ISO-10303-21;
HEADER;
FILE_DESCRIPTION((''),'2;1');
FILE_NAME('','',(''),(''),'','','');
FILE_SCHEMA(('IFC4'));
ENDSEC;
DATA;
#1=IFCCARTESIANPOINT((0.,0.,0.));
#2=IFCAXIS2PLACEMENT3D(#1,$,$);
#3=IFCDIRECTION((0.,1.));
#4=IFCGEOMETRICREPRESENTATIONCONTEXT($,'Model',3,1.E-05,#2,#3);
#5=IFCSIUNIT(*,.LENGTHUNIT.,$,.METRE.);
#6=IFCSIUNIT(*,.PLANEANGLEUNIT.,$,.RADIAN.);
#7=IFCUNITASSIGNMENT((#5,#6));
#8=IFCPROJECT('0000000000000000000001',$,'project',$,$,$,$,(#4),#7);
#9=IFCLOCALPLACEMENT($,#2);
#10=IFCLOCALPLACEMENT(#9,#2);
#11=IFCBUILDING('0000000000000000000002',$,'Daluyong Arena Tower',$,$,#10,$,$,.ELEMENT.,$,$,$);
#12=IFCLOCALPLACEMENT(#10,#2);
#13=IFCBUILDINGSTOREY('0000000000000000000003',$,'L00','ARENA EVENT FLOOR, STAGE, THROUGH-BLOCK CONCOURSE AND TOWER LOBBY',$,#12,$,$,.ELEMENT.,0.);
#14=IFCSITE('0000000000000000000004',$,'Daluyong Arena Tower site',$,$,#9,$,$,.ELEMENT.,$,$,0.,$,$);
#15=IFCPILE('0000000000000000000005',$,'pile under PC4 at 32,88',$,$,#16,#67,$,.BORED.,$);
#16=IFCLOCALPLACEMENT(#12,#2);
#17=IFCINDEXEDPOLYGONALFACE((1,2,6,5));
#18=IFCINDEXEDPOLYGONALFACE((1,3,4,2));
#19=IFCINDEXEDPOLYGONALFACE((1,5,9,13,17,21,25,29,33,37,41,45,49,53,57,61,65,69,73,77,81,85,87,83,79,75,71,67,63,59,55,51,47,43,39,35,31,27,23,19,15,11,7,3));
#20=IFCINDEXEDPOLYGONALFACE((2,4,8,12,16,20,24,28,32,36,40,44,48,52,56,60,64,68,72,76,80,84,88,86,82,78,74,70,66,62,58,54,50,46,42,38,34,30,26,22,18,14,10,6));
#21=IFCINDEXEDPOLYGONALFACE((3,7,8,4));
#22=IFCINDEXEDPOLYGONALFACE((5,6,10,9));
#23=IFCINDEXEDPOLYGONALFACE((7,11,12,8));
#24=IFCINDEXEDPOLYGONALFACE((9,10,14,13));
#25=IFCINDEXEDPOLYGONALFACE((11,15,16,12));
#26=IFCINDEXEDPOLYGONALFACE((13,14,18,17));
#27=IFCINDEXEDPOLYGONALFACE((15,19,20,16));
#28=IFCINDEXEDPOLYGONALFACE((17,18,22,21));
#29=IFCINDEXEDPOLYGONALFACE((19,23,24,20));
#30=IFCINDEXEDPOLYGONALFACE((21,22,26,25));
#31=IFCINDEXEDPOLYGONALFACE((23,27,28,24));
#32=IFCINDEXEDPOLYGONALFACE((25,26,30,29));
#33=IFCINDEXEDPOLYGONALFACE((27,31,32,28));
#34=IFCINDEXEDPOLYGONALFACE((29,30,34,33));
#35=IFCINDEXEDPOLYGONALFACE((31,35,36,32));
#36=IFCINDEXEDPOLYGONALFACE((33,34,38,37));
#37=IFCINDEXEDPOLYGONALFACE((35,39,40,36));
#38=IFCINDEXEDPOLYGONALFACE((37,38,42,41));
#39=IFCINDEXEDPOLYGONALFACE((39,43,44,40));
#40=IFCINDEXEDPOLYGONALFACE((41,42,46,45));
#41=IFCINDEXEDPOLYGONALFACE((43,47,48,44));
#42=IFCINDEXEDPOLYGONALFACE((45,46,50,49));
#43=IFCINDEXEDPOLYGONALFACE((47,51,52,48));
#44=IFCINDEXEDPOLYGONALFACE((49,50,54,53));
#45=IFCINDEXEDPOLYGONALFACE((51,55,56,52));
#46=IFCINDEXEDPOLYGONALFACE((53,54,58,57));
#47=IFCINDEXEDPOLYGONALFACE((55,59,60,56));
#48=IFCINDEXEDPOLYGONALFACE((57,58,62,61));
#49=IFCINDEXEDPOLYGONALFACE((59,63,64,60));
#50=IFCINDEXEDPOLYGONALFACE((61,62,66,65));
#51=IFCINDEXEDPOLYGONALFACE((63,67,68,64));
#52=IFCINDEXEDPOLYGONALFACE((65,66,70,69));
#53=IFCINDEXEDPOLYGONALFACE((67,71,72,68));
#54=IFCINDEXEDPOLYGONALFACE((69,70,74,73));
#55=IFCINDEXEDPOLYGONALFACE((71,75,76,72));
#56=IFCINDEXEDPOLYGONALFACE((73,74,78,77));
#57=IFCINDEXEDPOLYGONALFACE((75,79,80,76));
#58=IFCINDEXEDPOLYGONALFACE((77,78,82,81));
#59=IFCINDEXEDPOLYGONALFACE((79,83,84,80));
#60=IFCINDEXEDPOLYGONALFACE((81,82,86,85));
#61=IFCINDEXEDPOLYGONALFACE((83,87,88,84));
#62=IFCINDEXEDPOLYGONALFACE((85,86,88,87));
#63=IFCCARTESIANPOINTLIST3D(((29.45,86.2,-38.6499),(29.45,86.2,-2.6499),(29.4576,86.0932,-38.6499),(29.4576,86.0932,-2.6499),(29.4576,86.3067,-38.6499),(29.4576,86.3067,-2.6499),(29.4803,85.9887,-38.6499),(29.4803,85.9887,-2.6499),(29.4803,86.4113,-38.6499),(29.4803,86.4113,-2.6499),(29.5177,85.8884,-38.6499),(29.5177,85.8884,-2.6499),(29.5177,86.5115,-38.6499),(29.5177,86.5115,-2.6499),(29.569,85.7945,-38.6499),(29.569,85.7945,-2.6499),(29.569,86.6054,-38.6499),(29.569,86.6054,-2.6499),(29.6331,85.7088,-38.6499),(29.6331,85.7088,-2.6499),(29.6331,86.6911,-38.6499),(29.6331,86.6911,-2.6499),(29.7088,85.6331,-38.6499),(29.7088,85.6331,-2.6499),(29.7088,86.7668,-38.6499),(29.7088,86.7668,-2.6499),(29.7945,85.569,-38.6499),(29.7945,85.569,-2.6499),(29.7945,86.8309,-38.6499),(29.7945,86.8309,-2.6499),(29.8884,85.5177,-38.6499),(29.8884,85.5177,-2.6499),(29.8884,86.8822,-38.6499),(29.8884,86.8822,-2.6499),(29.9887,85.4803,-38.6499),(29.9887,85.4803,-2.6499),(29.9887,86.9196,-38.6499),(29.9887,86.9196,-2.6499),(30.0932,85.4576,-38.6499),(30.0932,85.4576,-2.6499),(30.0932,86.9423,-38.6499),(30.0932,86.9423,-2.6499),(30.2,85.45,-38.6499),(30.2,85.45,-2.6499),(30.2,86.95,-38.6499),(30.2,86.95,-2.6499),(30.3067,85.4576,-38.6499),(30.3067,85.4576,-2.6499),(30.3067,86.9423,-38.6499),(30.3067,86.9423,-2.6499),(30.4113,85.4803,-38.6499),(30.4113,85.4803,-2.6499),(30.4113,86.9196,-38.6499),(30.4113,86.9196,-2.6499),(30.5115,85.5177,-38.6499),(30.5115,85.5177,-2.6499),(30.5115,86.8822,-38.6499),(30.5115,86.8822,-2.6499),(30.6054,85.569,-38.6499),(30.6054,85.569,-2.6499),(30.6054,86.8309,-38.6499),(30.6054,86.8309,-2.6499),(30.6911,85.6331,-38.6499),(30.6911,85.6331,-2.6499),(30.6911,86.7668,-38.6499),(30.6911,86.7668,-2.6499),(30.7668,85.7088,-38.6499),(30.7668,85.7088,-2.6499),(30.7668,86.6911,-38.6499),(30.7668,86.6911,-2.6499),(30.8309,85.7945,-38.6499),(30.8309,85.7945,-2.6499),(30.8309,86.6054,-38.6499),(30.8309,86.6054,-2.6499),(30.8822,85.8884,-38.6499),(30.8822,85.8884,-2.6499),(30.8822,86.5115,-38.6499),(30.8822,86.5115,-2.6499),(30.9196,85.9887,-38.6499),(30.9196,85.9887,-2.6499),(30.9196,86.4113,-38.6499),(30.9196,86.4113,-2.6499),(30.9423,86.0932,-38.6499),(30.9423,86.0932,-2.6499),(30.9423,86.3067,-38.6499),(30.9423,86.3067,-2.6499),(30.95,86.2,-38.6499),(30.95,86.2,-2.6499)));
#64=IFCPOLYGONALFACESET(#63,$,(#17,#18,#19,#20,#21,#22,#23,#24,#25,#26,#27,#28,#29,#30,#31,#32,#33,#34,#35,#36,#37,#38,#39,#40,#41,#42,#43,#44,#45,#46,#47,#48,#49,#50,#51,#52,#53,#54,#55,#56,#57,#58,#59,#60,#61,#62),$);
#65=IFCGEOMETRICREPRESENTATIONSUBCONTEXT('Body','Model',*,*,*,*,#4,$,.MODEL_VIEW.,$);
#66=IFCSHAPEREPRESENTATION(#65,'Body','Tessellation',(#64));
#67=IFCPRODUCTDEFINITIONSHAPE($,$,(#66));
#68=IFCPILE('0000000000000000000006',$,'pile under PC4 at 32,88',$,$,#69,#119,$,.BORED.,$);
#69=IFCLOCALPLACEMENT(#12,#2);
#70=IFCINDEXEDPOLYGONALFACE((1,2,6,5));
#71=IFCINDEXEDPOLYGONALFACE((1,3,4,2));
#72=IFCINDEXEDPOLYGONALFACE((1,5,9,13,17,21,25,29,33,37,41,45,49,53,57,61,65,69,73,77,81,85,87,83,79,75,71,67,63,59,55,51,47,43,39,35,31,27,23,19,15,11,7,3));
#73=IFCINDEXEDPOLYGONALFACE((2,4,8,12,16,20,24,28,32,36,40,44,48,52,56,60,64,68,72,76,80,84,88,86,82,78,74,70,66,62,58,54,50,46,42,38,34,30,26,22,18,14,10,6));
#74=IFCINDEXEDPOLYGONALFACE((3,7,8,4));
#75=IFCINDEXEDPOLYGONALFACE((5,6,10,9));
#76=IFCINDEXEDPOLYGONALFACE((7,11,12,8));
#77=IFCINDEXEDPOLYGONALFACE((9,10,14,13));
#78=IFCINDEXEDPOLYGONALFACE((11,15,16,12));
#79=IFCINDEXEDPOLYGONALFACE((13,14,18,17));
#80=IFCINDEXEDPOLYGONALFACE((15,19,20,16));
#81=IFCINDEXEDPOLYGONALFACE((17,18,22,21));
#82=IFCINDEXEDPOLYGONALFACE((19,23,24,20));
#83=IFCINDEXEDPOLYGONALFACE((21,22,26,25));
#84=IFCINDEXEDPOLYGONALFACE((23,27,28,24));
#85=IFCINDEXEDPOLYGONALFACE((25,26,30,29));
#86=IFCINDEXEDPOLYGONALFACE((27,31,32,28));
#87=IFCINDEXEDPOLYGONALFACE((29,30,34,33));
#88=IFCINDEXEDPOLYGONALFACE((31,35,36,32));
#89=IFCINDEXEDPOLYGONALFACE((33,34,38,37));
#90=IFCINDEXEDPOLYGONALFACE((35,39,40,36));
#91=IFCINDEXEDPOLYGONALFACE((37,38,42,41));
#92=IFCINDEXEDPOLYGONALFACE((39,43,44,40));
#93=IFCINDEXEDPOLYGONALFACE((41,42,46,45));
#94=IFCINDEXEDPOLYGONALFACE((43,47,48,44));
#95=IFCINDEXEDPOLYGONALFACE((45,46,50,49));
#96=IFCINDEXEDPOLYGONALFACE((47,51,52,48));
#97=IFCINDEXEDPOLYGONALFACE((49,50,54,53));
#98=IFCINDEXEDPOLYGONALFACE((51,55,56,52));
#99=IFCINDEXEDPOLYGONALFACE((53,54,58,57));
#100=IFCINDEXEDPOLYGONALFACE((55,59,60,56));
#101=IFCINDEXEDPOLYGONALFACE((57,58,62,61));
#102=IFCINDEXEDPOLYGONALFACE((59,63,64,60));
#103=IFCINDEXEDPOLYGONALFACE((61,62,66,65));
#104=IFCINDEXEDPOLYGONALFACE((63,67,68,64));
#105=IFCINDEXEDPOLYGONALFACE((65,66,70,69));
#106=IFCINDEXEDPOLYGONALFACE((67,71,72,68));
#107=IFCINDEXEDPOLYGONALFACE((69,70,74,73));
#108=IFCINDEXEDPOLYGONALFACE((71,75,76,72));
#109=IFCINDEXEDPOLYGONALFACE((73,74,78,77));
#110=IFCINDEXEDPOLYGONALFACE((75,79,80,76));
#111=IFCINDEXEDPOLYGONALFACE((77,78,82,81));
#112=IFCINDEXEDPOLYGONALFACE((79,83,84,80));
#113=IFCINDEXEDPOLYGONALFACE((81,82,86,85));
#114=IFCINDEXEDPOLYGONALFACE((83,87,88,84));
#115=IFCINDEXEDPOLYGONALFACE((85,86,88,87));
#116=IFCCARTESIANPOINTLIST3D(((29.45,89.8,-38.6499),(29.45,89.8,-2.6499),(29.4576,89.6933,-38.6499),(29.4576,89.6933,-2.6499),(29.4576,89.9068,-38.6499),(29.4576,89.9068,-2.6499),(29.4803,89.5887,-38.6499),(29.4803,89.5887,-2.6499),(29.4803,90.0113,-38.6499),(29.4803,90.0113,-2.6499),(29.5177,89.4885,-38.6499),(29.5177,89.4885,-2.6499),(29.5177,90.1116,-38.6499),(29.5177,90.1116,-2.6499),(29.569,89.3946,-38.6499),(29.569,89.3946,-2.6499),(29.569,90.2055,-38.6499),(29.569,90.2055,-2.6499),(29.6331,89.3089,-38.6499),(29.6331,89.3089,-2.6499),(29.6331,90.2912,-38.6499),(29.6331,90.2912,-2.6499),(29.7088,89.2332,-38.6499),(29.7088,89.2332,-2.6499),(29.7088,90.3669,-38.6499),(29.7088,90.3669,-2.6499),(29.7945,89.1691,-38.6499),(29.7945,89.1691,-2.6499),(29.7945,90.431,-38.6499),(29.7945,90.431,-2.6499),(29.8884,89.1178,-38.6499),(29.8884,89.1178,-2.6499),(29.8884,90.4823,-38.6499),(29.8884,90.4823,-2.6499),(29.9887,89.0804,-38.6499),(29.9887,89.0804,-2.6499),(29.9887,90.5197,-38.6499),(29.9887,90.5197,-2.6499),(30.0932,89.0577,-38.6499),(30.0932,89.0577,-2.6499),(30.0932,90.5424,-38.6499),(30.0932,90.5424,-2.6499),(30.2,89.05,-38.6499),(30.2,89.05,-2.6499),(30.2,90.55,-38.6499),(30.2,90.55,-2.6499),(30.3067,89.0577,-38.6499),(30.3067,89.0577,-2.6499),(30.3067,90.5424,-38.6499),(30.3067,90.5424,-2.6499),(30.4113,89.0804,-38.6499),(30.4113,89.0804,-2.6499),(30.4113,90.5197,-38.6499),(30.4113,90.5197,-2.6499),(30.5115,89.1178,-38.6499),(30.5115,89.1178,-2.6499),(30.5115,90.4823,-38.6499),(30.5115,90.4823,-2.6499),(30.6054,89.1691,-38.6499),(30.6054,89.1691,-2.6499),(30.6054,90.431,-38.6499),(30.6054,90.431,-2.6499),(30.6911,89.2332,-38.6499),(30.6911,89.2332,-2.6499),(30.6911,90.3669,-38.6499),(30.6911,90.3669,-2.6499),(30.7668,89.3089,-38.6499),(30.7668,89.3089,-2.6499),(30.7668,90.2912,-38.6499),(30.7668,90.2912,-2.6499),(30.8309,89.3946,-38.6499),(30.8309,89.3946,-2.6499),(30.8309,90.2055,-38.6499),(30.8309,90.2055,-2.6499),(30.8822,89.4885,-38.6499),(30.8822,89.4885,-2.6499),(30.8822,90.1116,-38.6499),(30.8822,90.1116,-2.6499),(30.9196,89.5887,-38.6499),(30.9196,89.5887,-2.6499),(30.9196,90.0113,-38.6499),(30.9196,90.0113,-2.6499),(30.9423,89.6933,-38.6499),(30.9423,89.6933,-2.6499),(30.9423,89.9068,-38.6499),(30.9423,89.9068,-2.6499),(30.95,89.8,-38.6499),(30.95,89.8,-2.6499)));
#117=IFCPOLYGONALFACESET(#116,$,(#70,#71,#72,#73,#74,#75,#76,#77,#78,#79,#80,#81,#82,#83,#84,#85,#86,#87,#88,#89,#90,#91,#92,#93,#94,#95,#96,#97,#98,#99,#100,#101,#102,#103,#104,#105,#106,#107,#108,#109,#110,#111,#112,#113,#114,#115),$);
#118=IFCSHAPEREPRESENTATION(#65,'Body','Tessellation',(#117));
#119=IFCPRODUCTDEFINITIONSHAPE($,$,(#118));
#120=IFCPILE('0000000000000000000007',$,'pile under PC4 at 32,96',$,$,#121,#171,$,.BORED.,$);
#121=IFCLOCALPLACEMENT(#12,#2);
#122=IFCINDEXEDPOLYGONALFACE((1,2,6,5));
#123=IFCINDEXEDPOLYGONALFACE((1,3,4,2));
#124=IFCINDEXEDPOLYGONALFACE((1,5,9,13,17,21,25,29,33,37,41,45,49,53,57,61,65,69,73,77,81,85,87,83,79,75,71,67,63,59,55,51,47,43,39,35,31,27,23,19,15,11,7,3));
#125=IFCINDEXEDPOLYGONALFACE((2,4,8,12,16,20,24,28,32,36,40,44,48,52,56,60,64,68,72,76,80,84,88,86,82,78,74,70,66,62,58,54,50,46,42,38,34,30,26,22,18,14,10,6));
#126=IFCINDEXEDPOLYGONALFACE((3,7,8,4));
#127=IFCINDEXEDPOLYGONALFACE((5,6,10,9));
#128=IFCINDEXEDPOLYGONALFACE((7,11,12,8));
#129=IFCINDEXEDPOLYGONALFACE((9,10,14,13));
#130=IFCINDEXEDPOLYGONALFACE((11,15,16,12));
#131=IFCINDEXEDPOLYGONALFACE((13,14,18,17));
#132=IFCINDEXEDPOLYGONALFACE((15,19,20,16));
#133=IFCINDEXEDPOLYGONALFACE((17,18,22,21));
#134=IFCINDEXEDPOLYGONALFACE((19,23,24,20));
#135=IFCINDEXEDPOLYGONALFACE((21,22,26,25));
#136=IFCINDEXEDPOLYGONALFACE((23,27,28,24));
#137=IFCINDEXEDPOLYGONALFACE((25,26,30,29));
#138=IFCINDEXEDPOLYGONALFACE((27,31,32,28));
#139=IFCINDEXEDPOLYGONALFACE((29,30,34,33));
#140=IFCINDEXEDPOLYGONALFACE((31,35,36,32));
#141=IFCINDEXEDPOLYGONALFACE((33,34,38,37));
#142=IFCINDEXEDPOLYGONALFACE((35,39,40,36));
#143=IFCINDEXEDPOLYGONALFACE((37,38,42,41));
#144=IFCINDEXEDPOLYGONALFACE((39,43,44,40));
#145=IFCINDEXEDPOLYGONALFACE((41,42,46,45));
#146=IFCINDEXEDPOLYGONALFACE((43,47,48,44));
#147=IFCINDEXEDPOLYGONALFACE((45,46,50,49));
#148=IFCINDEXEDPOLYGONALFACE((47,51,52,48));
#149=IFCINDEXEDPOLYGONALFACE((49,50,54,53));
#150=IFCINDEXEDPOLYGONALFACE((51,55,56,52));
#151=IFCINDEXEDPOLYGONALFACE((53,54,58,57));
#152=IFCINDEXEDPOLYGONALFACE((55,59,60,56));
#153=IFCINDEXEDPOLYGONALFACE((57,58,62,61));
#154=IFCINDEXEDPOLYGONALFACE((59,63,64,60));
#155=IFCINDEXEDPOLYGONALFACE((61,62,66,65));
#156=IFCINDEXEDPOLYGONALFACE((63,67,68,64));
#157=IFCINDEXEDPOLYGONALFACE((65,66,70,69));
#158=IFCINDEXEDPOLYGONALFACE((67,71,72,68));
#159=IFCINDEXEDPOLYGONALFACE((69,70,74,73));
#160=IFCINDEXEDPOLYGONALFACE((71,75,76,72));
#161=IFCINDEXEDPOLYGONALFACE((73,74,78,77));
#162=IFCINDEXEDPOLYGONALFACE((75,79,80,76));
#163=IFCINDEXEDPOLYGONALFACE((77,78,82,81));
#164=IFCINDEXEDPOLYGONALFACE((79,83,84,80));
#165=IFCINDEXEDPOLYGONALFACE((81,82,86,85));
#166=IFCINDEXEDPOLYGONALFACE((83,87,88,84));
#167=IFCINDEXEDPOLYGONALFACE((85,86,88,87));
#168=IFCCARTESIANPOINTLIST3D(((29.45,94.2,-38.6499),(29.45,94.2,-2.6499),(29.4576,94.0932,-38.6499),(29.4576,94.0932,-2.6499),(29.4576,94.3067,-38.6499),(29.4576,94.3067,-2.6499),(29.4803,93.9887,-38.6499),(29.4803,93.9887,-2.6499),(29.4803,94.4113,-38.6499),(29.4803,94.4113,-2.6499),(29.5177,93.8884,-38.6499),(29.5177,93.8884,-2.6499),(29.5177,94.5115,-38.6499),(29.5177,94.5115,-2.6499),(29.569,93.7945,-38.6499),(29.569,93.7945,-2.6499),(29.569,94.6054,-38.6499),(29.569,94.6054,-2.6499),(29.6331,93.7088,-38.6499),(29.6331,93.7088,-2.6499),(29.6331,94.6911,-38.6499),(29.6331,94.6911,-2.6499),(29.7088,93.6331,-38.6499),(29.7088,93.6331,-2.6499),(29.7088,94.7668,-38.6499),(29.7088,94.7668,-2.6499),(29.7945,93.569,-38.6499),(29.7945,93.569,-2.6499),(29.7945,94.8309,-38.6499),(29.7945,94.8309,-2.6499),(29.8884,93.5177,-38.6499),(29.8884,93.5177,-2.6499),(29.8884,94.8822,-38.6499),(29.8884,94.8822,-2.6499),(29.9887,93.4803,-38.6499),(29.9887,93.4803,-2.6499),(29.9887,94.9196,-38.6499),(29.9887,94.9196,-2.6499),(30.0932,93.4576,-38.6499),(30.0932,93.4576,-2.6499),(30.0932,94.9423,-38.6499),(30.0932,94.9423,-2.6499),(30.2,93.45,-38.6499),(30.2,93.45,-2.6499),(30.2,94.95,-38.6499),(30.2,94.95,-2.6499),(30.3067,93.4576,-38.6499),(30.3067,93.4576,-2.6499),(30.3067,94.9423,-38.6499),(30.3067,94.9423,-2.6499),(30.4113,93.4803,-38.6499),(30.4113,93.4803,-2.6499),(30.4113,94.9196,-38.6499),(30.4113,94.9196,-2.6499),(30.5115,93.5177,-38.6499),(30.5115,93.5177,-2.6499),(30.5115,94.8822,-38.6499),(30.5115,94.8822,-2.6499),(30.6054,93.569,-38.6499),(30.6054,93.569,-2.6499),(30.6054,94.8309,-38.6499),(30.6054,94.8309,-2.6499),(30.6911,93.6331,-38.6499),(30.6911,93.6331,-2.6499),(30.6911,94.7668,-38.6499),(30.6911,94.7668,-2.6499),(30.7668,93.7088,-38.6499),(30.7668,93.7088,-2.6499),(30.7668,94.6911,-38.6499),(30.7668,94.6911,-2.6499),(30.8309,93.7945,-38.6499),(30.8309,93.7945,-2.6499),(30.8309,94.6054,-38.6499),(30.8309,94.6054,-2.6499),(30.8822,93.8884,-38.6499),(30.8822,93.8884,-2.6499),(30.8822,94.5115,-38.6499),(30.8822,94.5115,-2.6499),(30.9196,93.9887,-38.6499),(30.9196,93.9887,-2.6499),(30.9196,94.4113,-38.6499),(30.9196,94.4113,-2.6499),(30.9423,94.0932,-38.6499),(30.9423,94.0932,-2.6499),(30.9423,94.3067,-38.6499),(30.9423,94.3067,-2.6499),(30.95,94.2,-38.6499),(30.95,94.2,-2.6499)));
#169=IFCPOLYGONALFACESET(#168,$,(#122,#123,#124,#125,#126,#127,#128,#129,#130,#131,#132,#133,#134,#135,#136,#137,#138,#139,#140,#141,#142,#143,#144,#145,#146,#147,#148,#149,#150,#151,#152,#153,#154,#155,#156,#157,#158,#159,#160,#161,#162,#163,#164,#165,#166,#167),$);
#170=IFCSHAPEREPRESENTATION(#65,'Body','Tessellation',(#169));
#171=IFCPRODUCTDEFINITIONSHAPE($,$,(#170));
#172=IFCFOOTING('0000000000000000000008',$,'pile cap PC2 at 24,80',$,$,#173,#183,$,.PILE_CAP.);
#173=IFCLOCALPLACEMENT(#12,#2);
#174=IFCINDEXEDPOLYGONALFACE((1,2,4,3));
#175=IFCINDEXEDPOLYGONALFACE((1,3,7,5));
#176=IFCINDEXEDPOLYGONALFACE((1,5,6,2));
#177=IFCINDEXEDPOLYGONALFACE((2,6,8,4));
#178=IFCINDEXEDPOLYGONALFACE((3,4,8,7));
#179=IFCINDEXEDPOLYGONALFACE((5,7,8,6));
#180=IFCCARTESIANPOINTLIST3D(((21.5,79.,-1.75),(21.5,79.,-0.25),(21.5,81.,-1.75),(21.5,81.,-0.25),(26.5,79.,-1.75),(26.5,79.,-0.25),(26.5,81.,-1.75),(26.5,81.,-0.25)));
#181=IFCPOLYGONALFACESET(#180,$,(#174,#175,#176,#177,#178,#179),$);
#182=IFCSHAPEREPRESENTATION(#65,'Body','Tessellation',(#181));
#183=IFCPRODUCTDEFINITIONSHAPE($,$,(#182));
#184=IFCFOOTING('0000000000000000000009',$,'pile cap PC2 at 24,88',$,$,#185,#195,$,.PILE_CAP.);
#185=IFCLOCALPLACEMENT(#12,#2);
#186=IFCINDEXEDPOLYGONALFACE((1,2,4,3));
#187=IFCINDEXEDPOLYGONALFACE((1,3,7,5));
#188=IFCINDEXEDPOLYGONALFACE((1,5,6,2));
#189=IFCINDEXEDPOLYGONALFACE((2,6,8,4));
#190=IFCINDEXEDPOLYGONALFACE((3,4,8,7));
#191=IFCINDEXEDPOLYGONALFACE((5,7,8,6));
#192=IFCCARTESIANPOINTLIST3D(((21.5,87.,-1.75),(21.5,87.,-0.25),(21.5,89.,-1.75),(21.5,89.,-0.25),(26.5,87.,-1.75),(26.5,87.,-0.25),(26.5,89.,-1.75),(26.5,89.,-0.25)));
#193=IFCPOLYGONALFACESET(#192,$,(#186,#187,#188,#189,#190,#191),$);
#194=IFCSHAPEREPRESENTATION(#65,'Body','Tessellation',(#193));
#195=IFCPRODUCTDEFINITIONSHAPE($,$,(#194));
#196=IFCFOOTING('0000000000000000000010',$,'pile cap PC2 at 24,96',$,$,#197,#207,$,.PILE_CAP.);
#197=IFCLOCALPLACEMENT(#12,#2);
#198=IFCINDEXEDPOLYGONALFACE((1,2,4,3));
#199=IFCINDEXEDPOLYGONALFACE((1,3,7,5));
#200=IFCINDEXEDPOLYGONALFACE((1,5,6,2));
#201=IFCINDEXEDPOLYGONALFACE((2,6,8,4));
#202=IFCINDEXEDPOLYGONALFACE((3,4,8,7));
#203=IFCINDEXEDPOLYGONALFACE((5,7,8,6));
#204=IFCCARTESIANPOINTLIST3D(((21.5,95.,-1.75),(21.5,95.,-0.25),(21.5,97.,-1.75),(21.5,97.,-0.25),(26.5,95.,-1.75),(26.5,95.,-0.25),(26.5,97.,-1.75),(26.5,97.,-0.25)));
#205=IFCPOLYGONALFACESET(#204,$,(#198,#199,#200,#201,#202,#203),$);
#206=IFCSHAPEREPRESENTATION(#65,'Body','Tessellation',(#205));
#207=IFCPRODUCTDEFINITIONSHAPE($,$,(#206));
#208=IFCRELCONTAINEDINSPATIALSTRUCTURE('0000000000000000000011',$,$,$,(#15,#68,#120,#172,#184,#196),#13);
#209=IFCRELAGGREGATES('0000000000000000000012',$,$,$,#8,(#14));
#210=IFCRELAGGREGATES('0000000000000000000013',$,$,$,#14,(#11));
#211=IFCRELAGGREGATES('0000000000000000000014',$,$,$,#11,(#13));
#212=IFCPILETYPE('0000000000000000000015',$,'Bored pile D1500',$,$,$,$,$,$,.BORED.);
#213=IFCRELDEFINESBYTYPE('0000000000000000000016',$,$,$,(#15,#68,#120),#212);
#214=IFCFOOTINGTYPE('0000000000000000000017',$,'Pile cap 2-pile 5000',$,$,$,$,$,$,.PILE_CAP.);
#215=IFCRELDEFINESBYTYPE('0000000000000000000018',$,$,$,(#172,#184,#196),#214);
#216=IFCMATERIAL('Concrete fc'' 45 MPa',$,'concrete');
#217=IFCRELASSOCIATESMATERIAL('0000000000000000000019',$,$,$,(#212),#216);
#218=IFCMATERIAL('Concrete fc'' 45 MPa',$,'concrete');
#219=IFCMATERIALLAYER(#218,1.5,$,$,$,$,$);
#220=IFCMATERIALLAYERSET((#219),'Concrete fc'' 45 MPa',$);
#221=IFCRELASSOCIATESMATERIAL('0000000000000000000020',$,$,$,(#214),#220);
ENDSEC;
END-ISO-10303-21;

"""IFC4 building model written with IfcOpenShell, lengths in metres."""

from ifc_helpers import new_model, si_unit, direction, frame, origin, origin_2d, place, context, subcontext, project, spatial, rectangle, circle, extrude, material, layer, layer_set, type_object, element, save


model = new_model("IFC4")

# Units and contexts
model_context = context("Model", 3, precision=1e-05, world=origin(), true_north=direction((0.0, 1.0)))
body_context = subcontext(model_context, "Body", "Model", "MODEL_VIEW")
ifc_project = project(units=[si_unit("LENGTHUNIT", "METRE"), si_unit("PLANEANGLEUNIT", "RADIAN")], contexts=[model_context])

# Site, building, storey
site_placement = place(None, origin())
site = spatial("IfcSite", under=ifc_project, at=site_placement, Name="Daluyong Arena Tower site", CompositionType="ELEMENT", RefElevation=0.0)
building_placement = place(site_placement, origin())
building = spatial("IfcBuilding", under=site, at=building_placement, Name="Daluyong Arena Tower", CompositionType="ELEMENT")
storey_placement = place(building_placement, origin())
storey = spatial("IfcBuildingStorey", under=building, at=storey_placement, Name="L00", Description="ARENA EVENT FLOOR, STAGE, THROUGH-BLOCK CONCOURSE AND TOWER LOBBY", CompositionType="ELEMENT", Elevation=0.0)

# Piles
ifc_material_1 = material(Name="Concrete fc' 45 MPa", Category="concrete")
pile_type_1 = type_object("IfcPileType", Name="Bored pile D1500", PredefinedType="BORED", material=ifc_material_1)
for number, where, z_axis, x_axis, name in (
    (1, (30.2, 86.2, -2.6499), (0.0, 0.0, -1.0), (1.0, 0.0, 0.0), "pile under PC4 at 32,88"),
    (2, (30.2, 89.8, -2.6499), (0.0, 0.0, -1.0), (1.0, 0.0, 0.0), "pile under PC4 at 32,88"),
    (3, (30.2, 94.2, -2.6499), (0.0, 0.0, -1.0), (1.0, 0.0, 0.0), "pile under PC4 at 32,96"),
):
    element("IfcPile", number, at=place(storey_placement, frame(where, z_axis=z_axis, x_axis=x_axis)), inside=storey, type_object=pile_type_1, Name=name, PredefinedType="BORED", context=body_context, shape_type="SweptSolid", body=[
        extrude(circle(Radius=0.75, at=origin_2d()), origin(), (0.0, 0.0, 1.0), 36.0),
    ])

# Footings
ifc_material_2 = material(Name="Concrete fc' 45 MPa", Category="concrete")
ifc_layer_1 = layer(ifc_material_2, 1.5)
ifc_layer_set_1 = layer_set([ifc_layer_1], Name="Concrete fc' 45 MPa")
footing_type_1 = type_object("IfcFootingType", Name="Pile cap 2-pile 5000", PredefinedType="PILE_CAP", material=ifc_layer_set_1)
for number, where, z_axis, x_axis, name in (
    (4, (24.0, 80.0, -1.75), (0.0, 0.0, 1.0), (1.0, 0.0, 0.0), "pile cap PC2 at 24,80"),
    (5, (24.0, 88.0, -1.75), (0.0, 0.0, 1.0), (1.0, 0.0, 0.0), "pile cap PC2 at 24,88"),
    (6, (24.0, 96.0, -1.75), (0.0, 0.0, 1.0), (1.0, 0.0, 0.0), "pile cap PC2 at 24,96"),
):
    element("IfcFooting", number, at=place(storey_placement, frame(where, z_axis=z_axis, x_axis=x_axis)), inside=storey, type_object=footing_type_1, Name=name, PredefinedType="PILE_CAP", context=body_context, shape_type="SweptSolid", body=[
        extrude(rectangle(XDim=5.0, YDim=2.0, at=origin_2d()), origin(), (0.0, 0.0, 1.0), 1.5),
    ])

save(model, "model.ifc")
